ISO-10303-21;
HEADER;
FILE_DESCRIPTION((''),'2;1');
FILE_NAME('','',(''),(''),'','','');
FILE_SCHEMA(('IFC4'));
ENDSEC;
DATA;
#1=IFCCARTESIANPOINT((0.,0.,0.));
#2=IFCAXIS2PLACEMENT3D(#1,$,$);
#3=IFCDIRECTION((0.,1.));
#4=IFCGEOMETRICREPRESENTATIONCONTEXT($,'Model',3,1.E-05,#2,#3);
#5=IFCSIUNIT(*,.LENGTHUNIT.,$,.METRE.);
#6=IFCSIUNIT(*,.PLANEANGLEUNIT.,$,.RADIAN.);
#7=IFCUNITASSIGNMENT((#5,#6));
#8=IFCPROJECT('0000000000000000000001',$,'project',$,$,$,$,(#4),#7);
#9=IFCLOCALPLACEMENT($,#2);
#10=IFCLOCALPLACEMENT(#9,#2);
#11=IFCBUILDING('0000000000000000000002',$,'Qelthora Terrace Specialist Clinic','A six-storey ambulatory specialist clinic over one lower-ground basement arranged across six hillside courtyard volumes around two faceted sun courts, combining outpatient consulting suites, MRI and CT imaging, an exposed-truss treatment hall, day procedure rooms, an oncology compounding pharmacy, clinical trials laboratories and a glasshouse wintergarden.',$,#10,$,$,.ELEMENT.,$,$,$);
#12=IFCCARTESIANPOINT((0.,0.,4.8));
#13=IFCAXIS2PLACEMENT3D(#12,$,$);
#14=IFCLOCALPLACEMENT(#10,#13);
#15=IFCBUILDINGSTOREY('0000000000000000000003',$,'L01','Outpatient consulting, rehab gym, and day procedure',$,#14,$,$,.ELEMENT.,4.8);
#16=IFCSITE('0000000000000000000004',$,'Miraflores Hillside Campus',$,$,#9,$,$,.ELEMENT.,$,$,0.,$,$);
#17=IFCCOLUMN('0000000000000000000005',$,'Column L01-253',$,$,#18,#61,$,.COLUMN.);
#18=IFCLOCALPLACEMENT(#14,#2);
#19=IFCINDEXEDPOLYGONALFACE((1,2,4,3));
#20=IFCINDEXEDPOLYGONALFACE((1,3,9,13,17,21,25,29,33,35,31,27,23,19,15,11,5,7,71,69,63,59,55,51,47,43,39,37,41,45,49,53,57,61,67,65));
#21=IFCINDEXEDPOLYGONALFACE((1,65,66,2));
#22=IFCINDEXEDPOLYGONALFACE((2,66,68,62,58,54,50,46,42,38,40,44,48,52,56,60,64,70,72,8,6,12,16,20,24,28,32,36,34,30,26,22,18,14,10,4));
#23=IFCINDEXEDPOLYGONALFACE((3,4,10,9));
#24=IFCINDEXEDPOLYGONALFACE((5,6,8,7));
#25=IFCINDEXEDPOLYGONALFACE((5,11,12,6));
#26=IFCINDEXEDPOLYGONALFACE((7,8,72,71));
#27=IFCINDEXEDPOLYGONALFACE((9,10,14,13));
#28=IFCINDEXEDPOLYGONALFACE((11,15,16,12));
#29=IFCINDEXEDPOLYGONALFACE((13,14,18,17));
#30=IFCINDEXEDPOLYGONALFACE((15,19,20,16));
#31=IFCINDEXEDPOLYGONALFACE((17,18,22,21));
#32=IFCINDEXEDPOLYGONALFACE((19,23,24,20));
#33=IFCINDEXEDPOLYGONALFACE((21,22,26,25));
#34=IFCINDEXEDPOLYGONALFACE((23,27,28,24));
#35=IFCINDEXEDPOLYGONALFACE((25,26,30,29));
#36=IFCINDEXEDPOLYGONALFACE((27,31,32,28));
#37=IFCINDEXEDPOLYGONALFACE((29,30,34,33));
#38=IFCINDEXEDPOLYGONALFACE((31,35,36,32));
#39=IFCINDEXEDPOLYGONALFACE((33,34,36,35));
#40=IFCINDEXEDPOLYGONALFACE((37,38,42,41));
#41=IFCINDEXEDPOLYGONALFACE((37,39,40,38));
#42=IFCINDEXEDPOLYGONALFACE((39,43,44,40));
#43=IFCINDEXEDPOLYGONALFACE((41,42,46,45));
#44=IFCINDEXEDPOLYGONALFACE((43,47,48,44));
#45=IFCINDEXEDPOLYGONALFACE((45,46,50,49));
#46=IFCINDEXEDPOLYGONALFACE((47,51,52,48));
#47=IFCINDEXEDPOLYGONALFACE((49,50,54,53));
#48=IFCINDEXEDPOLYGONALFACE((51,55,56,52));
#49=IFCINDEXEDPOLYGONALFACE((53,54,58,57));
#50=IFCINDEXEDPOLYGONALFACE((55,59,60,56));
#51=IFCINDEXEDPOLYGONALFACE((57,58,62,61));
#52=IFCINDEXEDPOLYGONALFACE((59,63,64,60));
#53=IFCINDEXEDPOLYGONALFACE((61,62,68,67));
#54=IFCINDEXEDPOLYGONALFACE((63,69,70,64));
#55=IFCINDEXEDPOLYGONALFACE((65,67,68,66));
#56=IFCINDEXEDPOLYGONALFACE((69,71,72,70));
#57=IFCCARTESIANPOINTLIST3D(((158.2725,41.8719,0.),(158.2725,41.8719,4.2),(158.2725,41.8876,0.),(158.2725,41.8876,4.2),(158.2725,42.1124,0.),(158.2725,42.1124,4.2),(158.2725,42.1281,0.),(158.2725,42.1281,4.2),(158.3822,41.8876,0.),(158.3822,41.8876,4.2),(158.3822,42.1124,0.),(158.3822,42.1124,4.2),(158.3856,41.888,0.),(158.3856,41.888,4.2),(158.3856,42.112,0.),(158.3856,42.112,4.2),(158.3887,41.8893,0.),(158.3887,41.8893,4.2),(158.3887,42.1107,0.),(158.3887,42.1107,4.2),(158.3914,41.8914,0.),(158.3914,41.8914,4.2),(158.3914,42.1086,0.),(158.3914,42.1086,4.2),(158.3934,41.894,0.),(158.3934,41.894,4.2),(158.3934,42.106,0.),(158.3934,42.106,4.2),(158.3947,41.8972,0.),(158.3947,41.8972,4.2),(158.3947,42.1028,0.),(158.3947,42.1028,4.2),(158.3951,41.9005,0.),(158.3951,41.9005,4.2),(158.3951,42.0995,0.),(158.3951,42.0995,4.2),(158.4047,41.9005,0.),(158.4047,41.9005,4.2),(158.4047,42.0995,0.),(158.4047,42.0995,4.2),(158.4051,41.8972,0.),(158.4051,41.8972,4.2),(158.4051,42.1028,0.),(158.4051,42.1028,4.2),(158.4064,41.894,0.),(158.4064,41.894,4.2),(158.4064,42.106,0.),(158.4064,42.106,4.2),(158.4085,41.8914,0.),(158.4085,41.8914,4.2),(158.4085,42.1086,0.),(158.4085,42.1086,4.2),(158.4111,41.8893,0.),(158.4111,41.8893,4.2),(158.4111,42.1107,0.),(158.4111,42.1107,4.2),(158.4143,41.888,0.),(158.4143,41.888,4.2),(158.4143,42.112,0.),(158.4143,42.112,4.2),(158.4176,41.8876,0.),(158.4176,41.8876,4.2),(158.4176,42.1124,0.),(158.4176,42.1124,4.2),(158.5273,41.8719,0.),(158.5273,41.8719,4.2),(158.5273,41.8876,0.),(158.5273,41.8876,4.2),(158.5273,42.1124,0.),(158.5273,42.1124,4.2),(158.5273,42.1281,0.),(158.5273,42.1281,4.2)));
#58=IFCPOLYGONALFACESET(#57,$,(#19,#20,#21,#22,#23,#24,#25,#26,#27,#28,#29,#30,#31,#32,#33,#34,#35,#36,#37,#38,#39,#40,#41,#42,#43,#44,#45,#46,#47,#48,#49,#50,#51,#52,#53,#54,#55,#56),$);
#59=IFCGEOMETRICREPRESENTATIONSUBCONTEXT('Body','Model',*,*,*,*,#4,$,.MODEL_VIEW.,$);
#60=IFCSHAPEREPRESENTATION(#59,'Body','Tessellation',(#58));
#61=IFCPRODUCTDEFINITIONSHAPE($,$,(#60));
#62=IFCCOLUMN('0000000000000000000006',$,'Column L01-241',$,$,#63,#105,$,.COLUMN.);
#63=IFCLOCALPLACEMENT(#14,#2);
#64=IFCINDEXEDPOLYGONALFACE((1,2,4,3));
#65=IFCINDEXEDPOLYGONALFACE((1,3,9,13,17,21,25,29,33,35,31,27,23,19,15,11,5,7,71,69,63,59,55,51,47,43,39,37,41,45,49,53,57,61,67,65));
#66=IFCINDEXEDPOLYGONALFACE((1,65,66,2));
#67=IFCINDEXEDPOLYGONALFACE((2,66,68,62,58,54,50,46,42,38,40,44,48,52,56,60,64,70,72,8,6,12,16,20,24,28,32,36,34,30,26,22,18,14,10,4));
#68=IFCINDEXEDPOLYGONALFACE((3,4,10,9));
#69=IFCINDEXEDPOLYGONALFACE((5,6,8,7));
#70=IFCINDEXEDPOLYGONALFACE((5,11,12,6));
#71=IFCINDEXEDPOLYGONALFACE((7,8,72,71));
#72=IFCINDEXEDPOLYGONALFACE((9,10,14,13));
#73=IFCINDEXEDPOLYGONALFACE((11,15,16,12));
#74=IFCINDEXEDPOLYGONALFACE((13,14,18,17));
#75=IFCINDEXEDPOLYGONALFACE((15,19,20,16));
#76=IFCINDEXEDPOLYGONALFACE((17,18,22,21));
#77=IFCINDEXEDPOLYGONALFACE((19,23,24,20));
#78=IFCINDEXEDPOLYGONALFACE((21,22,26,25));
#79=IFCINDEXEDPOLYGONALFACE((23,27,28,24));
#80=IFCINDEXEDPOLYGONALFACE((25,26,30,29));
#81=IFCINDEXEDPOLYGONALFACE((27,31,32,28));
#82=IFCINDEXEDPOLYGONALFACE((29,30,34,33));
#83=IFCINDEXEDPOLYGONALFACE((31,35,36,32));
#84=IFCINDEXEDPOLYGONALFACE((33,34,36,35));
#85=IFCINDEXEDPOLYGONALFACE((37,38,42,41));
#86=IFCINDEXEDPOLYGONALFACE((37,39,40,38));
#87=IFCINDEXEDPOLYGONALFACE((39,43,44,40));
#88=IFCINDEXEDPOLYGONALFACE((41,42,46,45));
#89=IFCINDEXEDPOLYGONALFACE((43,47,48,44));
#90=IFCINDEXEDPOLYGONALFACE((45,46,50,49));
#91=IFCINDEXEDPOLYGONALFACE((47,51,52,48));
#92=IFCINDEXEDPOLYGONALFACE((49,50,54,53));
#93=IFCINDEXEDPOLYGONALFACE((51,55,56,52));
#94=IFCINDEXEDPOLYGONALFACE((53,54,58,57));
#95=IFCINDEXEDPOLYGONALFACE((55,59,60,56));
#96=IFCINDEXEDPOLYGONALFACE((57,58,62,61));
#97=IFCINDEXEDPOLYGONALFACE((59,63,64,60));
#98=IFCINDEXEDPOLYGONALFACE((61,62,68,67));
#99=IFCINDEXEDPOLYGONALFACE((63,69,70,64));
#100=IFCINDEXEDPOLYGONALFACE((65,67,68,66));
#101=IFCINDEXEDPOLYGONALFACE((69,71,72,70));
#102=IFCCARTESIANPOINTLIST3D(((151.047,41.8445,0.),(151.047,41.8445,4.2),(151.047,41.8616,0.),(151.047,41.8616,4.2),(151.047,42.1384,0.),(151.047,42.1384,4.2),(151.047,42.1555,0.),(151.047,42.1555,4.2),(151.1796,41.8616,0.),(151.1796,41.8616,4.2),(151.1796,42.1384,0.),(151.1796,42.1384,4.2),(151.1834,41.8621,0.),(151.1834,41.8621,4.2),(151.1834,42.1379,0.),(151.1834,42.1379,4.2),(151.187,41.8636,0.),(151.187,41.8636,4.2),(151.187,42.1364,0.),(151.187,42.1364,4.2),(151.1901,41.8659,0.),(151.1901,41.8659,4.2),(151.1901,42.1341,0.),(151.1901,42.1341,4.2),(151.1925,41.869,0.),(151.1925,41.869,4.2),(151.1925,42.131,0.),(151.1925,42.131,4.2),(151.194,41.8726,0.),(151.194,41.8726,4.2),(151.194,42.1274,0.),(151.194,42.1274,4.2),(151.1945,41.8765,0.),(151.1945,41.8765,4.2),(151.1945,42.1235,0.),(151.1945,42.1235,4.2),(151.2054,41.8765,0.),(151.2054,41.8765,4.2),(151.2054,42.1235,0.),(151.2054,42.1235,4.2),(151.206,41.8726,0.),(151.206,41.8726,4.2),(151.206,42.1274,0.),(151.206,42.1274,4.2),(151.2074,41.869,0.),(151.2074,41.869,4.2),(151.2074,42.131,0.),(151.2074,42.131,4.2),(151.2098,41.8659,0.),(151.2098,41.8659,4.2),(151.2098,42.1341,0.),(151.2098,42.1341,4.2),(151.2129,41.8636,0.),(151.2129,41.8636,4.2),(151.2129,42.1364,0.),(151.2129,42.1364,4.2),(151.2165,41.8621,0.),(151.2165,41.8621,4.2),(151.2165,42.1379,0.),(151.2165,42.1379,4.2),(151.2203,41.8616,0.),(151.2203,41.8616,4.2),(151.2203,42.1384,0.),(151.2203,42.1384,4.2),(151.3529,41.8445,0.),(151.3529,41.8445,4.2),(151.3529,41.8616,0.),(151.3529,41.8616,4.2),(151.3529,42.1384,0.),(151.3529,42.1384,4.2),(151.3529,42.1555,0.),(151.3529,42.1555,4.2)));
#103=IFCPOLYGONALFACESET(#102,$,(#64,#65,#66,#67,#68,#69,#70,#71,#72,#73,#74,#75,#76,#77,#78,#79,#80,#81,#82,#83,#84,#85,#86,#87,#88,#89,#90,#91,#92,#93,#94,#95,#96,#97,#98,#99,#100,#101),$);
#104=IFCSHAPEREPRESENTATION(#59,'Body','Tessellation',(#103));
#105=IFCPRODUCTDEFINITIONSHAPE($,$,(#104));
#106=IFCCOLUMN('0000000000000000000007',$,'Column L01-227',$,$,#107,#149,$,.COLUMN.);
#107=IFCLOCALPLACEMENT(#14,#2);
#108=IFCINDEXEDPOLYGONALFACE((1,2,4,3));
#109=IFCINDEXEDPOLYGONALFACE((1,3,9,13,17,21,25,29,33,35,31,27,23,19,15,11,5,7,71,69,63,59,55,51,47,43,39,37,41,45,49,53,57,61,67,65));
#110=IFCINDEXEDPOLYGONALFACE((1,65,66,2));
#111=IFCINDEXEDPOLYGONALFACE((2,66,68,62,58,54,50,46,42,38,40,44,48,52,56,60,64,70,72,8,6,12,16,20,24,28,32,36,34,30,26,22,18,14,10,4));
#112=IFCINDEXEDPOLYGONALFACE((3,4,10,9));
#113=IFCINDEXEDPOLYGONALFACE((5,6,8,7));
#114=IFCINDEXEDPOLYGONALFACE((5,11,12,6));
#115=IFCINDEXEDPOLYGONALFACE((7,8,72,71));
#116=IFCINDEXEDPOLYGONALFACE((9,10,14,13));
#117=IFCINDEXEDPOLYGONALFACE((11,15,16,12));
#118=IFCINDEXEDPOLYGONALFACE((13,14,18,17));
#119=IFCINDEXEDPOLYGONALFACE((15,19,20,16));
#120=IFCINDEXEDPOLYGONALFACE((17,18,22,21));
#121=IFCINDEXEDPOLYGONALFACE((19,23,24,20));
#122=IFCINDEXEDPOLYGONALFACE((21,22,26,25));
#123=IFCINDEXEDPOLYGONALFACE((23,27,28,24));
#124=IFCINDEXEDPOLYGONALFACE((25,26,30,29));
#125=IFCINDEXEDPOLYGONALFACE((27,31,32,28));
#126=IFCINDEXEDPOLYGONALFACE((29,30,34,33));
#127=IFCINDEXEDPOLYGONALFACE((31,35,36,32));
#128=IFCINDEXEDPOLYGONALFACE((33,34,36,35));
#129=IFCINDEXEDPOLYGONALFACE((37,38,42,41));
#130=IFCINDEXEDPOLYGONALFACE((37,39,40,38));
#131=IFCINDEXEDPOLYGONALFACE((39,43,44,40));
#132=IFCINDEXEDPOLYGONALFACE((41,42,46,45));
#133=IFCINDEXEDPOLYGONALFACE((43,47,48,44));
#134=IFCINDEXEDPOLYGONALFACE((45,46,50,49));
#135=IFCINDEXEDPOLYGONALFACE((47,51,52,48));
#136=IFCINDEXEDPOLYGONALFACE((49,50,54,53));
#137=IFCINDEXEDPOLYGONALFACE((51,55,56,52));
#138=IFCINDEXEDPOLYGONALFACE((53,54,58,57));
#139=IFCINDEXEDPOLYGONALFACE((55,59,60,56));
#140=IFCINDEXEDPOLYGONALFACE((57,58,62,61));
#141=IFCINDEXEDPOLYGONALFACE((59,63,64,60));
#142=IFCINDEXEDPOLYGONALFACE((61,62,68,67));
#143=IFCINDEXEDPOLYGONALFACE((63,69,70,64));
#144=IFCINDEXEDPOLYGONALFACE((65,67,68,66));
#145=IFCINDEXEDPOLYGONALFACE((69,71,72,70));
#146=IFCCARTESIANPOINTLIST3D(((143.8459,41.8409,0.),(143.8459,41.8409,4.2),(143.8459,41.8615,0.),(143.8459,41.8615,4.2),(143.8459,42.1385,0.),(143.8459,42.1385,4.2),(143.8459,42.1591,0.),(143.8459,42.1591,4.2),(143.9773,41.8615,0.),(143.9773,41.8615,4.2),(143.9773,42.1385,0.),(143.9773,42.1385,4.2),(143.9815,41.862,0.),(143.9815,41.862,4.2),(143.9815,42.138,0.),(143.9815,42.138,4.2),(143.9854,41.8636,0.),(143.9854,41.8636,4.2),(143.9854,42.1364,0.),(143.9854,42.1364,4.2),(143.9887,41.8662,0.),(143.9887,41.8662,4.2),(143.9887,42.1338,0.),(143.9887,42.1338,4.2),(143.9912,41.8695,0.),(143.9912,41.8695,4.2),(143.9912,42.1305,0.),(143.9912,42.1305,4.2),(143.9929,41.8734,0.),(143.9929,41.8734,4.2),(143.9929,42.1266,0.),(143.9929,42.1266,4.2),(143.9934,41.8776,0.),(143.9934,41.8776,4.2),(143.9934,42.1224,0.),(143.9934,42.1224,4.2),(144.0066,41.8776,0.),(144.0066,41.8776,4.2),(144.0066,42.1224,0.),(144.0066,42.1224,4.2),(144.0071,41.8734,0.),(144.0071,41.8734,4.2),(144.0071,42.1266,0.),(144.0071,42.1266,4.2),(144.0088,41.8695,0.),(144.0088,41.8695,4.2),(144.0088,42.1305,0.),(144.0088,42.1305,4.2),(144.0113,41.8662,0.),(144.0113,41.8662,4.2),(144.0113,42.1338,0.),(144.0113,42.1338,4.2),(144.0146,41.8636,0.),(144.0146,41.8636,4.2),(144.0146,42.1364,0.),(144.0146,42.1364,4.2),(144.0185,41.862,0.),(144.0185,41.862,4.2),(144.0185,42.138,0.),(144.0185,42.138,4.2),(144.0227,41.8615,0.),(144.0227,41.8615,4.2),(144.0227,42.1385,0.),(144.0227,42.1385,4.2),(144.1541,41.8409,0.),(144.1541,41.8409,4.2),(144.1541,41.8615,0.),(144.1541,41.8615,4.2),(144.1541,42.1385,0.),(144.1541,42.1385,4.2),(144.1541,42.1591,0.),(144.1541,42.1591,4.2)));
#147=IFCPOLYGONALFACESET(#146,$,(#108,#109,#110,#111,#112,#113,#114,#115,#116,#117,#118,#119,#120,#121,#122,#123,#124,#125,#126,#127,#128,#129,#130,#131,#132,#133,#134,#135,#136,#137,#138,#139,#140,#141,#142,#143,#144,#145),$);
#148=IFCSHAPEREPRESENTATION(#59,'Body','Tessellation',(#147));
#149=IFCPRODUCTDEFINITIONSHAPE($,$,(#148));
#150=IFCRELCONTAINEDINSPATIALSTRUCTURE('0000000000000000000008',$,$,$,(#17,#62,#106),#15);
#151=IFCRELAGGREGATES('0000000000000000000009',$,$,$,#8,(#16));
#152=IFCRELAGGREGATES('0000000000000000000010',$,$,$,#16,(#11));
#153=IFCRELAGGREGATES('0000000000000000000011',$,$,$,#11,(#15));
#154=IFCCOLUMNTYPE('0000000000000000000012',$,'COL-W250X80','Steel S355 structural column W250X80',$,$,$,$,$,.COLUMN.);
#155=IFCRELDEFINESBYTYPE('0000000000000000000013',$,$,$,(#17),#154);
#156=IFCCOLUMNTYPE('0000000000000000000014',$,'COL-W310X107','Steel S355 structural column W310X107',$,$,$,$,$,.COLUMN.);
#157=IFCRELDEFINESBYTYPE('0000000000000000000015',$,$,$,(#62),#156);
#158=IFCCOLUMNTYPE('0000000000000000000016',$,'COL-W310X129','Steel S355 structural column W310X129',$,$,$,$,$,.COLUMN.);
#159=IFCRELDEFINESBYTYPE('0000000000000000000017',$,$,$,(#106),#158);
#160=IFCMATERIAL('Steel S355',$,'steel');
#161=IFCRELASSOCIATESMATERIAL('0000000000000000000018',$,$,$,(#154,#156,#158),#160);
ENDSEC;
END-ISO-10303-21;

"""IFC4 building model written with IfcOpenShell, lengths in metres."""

from ifc_helpers import new_model, si_unit, direction, frame, origin, origin_2d, place, context, subcontext, project, spatial, i_section, extrude, material, material_profile, profile_set, type_object, element, save


model = new_model("IFC4")

# Units and contexts
model_context = context("Model", 3, precision=1e-05, world=origin(), true_north=direction((0.0, 1.0)))
body_context = subcontext(model_context, "Body", "Model", "MODEL_VIEW")
ifc_project = project(units=[si_unit("LENGTHUNIT", "METRE"), si_unit("PLANEANGLEUNIT", "RADIAN")], contexts=[model_context])

# Site, building, storey
site_placement = place(None, origin())
site = spatial("IfcSite", under=ifc_project, at=site_placement, Name="Miraflores Hillside Campus", CompositionType="ELEMENT", RefElevation=0.0)
building_placement = place(site_placement, origin())
building = spatial("IfcBuilding", under=site, at=building_placement, Name="Qelthora Terrace Specialist Clinic", Description="A six-storey ambulatory specialist clinic over one lower-ground basement arranged across six hillside courtyard volumes around two faceted sun courts, combining outpatient consulting suites, MRI and CT imaging, an exposed-truss treatment hall, day procedure rooms, an oncology compounding pharmacy, clinical trials laboratories and a glasshouse wintergarden.", CompositionType="ELEMENT")
storey_placement = place(building_placement, frame((0.0, 0.0, 4.8)))
storey = spatial("IfcBuildingStorey", under=building, at=storey_placement, Name="L01", Description="Outpatient consulting, rehab gym, and day procedure", CompositionType="ELEMENT", Elevation=4.8)

# Columns
ifc_material_1 = material(Name="Steel S355", Category="steel")
ifc_material_profile_1 = material_profile(ifc_material_1, i_section(OverallWidth=0.2549, OverallDepth=0.2561, WebThickness=0.0095, FlangeThickness=0.0156, FilletRadius=0.0129, at=origin_2d()), Name="W250X80")
ifc_profile_set_1 = profile_set([ifc_material_profile_1], Name="Steel S355")
column_type_1 = type_object("IfcColumnType", Name="COL-W250X80", Description="Steel S355 structural column W250X80", PredefinedType="COLUMN", material=ifc_profile_set_1)
column_1_placement = place(storey_placement, frame((158.3999, 42.0, 0.0), z_axis=(0.0, 0.0, 1.0), x_axis=(1.0, 0.0, 0.0)))
element("IfcColumn", 1, at=column_1_placement, inside=storey, type_object=column_type_1, Name="Column L01-253", PredefinedType="COLUMN", context=body_context, shape_type="SweptSolid", body=[
    extrude(i_section(OverallWidth=0.2549, OverallDepth=0.2561, WebThickness=0.0095, FlangeThickness=0.0156, FilletRadius=0.0129, at=origin_2d()), origin(), (0.0, 0.0, 1.0), 4.2),
])
ifc_material_profile_2 = material_profile(ifc_material_1, i_section(OverallWidth=0.3059, OverallDepth=0.311, WebThickness=0.011, FlangeThickness=0.0171, FilletRadius=0.0149, at=origin_2d()), Name="W310X107")
ifc_profile_set_2 = profile_set([ifc_material_profile_2], Name="Steel S355")
column_type_2 = type_object("IfcColumnType", Name="COL-W310X107", Description="Steel S355 structural column W310X107", PredefinedType="COLUMN", material=ifc_profile_set_2)
column_2_placement = place(storey_placement, frame((151.2, 42.0, 0.0), z_axis=(0.0, 0.0, 1.0), x_axis=(1.0, 0.0, 0.0)))
element("IfcColumn", 2, at=column_2_placement, inside=storey, type_object=column_type_2, Name="Column L01-241", PredefinedType="COLUMN", context=body_context, shape_type="SweptSolid", body=[
    extrude(i_section(OverallWidth=0.3059, OverallDepth=0.311, WebThickness=0.011, FlangeThickness=0.0171, FilletRadius=0.0149, at=origin_2d()), origin(), (0.0, 0.0, 1.0), 4.2),
])
ifc_material_profile_3 = material_profile(ifc_material_1, i_section(OverallWidth=0.3081, OverallDepth=0.3181, WebThickness=0.0132, FlangeThickness=0.0205, FilletRadius=0.0161, at=origin_2d()), Name="W310X129")
ifc_profile_set_3 = profile_set([ifc_material_profile_3], Name="Steel S355")
column_type_3 = type_object("IfcColumnType", Name="COL-W310X129", Description="Steel S355 structural column W310X129", PredefinedType="COLUMN", material=ifc_profile_set_3)
column_3_placement = place(storey_placement, frame((144.0, 42.0, 0.0), z_axis=(0.0, 0.0, 1.0), x_axis=(1.0, 0.0, 0.0)))
element("IfcColumn", 3, at=column_3_placement, inside=storey, type_object=column_type_3, Name="Column L01-227", PredefinedType="COLUMN", context=body_context, shape_type="SweptSolid", body=[
    extrude(i_section(OverallWidth=0.3081, OverallDepth=0.3181, WebThickness=0.0132, FlangeThickness=0.0205, FilletRadius=0.0161, at=origin_2d()), origin(), (0.0, 0.0, 1.0), 4.2),
])

save(model, "model.ifc")
